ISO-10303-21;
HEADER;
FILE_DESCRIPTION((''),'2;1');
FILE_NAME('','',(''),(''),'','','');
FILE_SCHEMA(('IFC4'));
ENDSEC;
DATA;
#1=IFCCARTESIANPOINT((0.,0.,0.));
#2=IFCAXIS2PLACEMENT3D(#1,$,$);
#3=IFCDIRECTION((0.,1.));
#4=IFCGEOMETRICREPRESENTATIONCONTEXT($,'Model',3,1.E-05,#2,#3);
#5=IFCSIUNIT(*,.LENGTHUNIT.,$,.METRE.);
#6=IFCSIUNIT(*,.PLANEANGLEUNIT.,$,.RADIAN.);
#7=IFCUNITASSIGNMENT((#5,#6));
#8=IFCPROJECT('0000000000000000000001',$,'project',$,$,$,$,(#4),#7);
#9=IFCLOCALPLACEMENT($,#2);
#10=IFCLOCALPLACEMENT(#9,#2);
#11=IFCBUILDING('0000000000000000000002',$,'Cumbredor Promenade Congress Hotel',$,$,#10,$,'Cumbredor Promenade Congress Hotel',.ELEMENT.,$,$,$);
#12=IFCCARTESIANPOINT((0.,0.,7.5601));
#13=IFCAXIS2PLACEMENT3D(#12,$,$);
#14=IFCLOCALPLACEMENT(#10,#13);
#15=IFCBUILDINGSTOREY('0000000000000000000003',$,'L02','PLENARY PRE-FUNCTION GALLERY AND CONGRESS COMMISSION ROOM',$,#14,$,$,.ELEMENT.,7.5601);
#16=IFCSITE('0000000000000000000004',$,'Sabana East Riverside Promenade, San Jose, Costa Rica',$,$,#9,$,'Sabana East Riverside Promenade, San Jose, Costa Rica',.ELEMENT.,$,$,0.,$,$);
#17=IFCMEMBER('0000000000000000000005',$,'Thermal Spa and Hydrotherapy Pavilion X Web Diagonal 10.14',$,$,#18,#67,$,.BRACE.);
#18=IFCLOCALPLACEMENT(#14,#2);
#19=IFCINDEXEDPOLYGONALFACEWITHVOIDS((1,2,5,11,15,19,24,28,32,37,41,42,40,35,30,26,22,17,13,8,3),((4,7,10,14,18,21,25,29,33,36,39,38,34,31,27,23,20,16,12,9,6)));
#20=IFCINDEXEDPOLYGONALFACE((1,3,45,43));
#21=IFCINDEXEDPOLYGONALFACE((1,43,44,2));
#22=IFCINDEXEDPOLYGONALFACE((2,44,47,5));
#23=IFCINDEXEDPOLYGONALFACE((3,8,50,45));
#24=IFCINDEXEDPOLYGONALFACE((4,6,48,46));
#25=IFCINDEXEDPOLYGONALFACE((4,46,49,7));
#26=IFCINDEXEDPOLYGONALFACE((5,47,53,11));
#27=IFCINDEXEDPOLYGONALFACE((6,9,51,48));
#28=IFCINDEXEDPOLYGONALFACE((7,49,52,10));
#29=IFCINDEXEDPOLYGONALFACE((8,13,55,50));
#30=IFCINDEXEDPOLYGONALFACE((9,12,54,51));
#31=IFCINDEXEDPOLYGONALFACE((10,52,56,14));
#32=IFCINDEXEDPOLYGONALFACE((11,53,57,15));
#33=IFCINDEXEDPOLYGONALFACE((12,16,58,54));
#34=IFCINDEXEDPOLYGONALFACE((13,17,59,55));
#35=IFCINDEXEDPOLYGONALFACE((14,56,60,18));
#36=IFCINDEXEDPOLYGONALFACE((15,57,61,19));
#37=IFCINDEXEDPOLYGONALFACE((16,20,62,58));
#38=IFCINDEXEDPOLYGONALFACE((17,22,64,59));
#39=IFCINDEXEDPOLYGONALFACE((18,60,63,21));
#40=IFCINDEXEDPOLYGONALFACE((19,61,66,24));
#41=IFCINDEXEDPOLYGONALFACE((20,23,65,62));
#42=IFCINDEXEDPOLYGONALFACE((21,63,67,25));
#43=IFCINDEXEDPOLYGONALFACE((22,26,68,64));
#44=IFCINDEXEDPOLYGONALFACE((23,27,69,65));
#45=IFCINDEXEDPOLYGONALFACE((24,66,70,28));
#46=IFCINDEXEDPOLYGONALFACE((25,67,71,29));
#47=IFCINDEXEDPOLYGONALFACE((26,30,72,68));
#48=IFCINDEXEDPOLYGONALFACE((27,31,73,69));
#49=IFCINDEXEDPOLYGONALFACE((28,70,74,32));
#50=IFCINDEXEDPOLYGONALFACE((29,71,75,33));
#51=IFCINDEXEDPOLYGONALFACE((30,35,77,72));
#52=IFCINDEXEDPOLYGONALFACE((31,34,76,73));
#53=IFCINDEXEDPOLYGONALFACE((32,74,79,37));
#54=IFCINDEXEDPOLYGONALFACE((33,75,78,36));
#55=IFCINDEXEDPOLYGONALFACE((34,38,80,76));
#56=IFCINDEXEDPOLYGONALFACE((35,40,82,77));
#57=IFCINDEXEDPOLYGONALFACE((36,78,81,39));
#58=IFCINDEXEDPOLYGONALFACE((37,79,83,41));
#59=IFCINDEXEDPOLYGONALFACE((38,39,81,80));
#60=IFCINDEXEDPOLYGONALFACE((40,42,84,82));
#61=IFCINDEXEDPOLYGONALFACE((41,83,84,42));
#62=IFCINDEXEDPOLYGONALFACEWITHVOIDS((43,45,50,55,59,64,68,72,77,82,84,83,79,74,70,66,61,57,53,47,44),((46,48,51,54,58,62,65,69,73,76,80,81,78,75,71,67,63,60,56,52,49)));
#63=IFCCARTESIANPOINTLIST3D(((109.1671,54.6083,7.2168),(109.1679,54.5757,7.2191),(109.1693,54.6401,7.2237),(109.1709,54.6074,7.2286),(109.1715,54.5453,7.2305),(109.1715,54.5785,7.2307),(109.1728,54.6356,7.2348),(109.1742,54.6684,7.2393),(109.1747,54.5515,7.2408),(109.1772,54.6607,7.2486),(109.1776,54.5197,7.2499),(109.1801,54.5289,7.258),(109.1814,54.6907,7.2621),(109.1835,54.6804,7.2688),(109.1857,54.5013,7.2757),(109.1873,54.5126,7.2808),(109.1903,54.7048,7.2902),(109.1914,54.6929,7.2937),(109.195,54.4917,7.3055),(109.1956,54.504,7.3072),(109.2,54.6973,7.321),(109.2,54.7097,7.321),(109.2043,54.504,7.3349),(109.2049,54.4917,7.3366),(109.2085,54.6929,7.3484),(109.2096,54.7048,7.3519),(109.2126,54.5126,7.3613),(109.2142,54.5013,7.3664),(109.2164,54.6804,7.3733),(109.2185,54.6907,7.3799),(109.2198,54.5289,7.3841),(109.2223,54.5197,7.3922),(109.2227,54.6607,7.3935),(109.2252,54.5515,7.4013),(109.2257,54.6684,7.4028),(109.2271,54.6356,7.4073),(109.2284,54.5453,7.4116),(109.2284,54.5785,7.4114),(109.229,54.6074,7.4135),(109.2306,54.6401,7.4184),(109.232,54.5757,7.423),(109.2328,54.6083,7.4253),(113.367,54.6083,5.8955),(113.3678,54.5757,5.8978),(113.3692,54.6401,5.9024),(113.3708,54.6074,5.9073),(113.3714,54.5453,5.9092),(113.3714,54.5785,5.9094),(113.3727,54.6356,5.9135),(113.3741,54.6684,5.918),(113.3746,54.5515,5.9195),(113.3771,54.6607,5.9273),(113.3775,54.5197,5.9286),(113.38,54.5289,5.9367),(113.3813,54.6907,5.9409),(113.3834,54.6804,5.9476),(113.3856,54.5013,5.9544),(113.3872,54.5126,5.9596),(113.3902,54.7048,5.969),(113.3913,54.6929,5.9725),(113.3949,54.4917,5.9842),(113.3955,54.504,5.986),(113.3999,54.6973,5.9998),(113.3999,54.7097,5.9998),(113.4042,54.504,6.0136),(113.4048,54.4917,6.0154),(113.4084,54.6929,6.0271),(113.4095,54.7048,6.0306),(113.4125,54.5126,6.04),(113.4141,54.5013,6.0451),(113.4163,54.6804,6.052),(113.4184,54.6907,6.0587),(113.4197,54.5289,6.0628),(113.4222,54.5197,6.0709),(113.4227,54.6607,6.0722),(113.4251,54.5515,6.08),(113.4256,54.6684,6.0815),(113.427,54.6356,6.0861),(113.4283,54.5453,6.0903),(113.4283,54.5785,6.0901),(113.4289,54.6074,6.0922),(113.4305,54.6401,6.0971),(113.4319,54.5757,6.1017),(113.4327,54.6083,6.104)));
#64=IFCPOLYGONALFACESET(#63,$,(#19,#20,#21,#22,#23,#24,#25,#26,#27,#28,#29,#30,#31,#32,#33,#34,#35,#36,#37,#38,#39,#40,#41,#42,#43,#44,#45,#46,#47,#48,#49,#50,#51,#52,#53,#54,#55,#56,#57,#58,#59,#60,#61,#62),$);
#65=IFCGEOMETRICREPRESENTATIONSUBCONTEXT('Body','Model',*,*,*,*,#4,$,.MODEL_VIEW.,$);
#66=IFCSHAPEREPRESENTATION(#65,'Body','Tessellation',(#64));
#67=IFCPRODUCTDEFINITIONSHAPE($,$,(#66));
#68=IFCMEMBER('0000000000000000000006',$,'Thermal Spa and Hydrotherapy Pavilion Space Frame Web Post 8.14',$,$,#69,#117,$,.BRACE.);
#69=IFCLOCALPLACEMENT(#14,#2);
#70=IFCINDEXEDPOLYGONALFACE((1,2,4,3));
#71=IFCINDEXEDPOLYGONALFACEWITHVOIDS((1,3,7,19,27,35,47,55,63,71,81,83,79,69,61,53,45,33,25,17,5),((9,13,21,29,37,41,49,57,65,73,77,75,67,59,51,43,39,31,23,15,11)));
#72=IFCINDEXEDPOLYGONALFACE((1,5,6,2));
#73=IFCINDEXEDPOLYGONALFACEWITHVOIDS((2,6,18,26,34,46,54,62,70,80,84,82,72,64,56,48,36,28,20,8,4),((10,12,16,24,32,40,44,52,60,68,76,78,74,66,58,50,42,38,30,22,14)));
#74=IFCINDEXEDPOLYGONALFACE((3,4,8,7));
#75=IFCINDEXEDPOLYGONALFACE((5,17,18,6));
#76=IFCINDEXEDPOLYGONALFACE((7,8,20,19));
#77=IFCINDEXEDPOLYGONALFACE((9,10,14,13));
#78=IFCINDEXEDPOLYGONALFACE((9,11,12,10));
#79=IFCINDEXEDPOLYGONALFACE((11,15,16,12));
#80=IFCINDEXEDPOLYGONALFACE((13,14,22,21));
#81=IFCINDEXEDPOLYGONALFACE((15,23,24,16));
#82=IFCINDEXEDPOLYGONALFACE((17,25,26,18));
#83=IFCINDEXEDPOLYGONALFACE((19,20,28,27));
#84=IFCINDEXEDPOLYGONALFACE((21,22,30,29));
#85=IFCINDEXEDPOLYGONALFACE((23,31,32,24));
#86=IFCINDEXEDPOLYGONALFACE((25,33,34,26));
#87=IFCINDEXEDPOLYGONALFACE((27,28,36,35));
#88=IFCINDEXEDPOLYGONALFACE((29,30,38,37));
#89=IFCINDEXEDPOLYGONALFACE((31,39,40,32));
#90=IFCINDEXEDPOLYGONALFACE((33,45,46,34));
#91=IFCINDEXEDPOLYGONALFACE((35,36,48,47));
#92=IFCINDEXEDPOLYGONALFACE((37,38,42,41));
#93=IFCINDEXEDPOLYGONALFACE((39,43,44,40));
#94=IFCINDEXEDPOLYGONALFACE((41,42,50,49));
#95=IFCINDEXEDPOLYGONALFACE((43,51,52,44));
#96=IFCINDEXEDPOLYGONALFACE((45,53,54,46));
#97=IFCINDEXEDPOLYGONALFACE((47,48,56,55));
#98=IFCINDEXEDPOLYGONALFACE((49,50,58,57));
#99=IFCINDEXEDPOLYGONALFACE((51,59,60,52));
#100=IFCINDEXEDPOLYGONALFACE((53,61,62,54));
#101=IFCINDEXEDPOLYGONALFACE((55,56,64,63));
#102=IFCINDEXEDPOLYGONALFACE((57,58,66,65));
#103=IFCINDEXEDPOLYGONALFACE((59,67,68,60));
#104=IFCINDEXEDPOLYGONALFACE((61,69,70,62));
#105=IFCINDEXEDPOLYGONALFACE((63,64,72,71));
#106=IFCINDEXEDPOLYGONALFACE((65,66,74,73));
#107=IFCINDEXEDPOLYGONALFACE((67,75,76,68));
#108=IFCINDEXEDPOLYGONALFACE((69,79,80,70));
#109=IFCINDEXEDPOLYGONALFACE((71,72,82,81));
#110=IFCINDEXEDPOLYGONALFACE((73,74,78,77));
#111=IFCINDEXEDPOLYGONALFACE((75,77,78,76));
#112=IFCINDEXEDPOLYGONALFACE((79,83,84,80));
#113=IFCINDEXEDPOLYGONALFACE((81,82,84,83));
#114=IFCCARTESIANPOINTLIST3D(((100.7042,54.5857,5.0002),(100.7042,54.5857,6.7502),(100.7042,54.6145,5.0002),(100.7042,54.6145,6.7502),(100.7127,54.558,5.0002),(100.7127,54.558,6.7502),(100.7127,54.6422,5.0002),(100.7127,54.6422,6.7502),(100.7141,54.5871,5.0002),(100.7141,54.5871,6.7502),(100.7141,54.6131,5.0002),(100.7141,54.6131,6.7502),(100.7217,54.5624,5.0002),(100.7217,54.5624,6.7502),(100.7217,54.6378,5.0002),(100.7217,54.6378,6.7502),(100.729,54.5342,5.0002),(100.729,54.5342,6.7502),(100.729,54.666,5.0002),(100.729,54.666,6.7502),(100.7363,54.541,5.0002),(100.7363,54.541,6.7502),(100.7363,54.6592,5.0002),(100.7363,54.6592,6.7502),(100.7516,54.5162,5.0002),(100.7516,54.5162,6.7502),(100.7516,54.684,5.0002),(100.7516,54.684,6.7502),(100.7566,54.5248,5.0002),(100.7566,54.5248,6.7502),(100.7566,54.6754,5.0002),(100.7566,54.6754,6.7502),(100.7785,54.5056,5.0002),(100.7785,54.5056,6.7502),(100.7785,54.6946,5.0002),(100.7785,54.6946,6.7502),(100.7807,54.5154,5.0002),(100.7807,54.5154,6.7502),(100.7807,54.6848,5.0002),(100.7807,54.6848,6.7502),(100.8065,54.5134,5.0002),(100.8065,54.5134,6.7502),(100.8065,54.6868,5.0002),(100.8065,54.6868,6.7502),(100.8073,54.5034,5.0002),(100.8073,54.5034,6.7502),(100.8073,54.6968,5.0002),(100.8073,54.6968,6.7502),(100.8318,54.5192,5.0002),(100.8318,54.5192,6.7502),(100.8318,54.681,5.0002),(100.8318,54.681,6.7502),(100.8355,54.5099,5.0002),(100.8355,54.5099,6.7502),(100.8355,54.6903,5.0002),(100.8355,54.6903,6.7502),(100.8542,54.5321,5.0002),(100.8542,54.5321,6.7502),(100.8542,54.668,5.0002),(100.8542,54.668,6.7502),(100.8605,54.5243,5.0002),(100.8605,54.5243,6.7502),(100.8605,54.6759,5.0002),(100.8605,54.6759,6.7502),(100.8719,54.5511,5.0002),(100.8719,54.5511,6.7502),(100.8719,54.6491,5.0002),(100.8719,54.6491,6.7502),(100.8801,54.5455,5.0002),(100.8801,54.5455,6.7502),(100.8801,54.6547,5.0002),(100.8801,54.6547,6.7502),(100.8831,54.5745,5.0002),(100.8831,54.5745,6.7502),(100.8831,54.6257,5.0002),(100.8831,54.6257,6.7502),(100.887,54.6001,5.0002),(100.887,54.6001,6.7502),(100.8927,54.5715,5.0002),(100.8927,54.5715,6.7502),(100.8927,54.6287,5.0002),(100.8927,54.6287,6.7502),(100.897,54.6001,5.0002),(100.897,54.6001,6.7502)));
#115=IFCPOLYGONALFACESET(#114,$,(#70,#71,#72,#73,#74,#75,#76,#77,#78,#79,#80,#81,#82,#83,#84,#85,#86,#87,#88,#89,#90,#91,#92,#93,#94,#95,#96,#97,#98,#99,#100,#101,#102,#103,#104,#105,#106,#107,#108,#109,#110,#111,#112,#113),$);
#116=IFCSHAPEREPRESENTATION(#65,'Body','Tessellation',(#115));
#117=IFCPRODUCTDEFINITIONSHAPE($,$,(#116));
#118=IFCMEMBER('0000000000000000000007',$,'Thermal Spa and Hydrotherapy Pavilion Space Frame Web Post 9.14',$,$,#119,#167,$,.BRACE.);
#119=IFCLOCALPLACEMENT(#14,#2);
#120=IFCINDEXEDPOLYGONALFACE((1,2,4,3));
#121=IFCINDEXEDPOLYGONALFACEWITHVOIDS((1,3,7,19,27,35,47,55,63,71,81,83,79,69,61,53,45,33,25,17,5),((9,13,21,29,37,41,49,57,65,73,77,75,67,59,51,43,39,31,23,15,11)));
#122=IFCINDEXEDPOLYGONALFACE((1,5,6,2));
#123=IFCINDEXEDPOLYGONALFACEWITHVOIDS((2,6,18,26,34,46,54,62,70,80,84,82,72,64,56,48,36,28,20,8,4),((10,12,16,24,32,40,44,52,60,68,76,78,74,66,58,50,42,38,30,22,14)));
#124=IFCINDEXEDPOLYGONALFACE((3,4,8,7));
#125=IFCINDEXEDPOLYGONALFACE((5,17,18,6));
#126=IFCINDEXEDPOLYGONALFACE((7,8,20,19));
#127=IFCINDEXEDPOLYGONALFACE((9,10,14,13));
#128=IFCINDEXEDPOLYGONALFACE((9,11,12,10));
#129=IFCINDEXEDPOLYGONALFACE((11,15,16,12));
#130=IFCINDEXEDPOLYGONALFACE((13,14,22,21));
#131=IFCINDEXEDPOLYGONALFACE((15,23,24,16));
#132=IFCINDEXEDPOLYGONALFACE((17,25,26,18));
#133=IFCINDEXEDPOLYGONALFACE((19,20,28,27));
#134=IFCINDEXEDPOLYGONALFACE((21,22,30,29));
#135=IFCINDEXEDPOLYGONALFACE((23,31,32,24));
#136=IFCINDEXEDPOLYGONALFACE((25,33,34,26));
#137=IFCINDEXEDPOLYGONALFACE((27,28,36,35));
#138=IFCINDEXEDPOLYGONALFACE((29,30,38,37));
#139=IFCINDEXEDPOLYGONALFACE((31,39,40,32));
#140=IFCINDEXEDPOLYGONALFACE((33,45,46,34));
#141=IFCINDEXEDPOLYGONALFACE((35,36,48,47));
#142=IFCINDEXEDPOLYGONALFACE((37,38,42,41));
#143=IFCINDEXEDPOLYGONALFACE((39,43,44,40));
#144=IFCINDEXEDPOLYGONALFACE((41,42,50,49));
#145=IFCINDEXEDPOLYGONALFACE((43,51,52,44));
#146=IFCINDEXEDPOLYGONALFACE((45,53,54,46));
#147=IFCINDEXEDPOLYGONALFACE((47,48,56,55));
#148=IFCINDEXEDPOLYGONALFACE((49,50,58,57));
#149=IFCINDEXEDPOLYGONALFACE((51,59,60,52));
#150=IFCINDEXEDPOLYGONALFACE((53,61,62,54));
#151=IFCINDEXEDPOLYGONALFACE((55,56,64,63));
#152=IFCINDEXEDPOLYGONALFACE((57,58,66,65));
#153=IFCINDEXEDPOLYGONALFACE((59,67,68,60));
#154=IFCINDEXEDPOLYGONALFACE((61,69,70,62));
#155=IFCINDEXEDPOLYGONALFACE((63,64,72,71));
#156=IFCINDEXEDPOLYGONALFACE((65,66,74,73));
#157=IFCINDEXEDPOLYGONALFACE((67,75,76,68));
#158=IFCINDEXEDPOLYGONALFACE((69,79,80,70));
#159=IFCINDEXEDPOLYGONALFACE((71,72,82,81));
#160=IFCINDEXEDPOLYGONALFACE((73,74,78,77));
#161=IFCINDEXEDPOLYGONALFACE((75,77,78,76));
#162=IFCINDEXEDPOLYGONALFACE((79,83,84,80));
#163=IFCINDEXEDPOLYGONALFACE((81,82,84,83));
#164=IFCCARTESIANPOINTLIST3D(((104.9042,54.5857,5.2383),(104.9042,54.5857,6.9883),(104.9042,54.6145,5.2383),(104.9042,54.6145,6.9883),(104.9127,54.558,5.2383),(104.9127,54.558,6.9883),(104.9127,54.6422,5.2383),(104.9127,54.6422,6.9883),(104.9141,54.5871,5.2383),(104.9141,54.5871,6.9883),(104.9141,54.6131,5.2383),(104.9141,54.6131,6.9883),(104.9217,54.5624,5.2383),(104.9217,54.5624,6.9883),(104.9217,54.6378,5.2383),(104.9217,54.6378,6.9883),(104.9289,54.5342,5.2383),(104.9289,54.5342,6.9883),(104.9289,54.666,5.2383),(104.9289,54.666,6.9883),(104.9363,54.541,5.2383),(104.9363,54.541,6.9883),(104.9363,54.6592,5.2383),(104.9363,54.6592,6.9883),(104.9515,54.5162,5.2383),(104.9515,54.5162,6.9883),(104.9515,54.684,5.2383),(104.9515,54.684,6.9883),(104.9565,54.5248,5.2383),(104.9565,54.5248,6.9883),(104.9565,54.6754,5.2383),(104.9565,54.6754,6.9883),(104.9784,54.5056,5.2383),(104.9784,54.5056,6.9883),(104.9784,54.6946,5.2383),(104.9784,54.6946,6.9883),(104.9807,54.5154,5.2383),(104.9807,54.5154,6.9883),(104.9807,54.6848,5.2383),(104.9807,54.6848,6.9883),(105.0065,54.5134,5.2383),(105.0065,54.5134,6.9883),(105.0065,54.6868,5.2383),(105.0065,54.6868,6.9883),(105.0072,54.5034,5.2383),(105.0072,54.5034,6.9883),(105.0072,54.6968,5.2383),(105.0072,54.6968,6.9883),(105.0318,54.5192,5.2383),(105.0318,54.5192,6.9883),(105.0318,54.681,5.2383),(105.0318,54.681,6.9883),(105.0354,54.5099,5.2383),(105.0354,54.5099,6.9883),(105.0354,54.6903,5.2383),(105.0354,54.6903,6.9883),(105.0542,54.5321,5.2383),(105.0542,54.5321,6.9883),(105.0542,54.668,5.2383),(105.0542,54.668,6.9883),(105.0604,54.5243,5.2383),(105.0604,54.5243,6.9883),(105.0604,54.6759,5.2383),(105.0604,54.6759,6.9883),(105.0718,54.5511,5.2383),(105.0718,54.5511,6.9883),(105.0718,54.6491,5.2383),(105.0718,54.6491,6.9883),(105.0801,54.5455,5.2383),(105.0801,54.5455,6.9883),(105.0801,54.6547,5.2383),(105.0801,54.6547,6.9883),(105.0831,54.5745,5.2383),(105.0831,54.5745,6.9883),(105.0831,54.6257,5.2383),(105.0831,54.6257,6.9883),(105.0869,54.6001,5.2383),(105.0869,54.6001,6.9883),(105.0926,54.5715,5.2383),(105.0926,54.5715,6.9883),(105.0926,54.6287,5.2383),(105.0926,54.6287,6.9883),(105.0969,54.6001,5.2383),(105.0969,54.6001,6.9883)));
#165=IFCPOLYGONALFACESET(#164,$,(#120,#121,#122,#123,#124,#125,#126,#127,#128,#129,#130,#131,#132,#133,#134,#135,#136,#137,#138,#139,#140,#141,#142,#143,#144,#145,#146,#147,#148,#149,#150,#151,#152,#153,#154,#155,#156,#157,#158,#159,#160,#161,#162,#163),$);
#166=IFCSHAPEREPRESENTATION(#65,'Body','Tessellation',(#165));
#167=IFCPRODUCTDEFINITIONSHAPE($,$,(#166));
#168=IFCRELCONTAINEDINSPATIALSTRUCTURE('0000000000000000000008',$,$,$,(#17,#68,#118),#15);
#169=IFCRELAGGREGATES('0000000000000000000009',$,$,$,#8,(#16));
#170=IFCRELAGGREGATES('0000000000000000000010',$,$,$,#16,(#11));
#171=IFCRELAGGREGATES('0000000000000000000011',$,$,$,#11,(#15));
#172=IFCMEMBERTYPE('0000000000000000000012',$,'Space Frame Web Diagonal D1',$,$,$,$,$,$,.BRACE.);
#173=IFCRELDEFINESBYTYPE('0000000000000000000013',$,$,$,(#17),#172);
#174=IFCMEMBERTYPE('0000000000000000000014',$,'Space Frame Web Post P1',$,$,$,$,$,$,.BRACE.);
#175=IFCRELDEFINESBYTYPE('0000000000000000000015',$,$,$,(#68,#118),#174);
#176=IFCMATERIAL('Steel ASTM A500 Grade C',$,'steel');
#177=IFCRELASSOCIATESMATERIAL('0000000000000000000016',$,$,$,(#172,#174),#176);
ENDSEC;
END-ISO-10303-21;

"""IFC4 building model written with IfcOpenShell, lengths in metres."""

from ifc_helpers import new_model, si_unit, direction, frame, origin, origin_2d, place, context, subcontext, project, spatial, hollow_circle, extrude, material, material_profile, profile_set, type_object, element, save


model = new_model("IFC4")

# Units and contexts
model_context = context("Model", 3, precision=1e-05, world=origin(), true_north=direction((0.0, 1.0)))
body_context = subcontext(model_context, "Body", "Model", "MODEL_VIEW")
ifc_project = project(units=[si_unit("LENGTHUNIT", "METRE"), si_unit("PLANEANGLEUNIT", "RADIAN")], contexts=[model_context])

# Site, building, storey
site_placement = place(None, origin())
site = spatial("IfcSite", under=ifc_project, at=site_placement, Name="Sabana East Riverside Promenade, San Jose, Costa Rica", LongName="Sabana East Riverside Promenade, San Jose, Costa Rica", CompositionType="ELEMENT", RefElevation=0.0)
building_placement = place(site_placement, origin())
building = spatial("IfcBuilding", under=site, at=building_placement, Name="Cumbredor Promenade Congress Hotel", LongName="Cumbredor Promenade Congress Hotel", CompositionType="ELEMENT")
storey_placement = place(building_placement, frame((0.0, 0.0, 7.5601)))
storey = spatial("IfcBuildingStorey", under=building, at=storey_placement, Name="L02", Description="PLENARY PRE-FUNCTION GALLERY AND CONGRESS COMMISSION ROOM", CompositionType="ELEMENT", Elevation=7.5601)

# Members
ifc_material_1 = material(Name="Steel ASTM A500 Grade C", Category="steel")
ifc_material_profile_1 = material_profile(ifc_material_1, hollow_circle(Radius=0.1096, WallThickness=0.0125, at=origin_2d()), Name="CHS 219.1x12.5")
ifc_profile_set_1 = profile_set([ifc_material_profile_1], Name="Steel ASTM A500 Grade C")
member_type_1 = type_object("IfcMemberType", Name="Space Frame Web Diagonal D1", PredefinedType="BRACE", material=ifc_profile_set_1)
member_1_placement = place(storey_placement, frame((109.2, 54.6001, 7.321), z_axis=(0.953909, 0.0, -0.300096), x_axis=(0.0, 1.0, 0.0)))
element("IfcMember", 1, at=member_1_placement, inside=storey, type_object=member_type_1, Name="Thermal Spa and Hydrotherapy Pavilion X Web Diagonal 10.14", PredefinedType="BRACE", context=body_context, shape_type="SweptSolid", body=[
    extrude(hollow_circle(Radius=0.1096, WallThickness=0.0125, at=origin_2d()), origin(), (0.0, 0.0, 1.0), 4.4028),
])
ifc_material_profile_2 = material_profile(ifc_material_1, hollow_circle(Radius=0.0969, WallThickness=0.01, at=origin_2d()), Name="CHS 193.7x10")
ifc_profile_set_2 = profile_set([ifc_material_profile_2], Name="Steel ASTM A500 Grade C")
member_type_2 = type_object("IfcMemberType", Name="Space Frame Web Post P1", PredefinedType="BRACE", material=ifc_profile_set_2)
for number, where, z_axis, x_axis, name in (
    (2, (100.8, 54.6001, 5.0002), (0.0, 0.0, 1.0), (1.0, 0.0, 0.0), "Thermal Spa and Hydrotherapy Pavilion Space Frame Web Post 8.14"),
    (3, (105.0, 54.6001, 5.2383), (0.0, 0.0, 1.0), (1.0, 0.0, 0.0), "Thermal Spa and Hydrotherapy Pavilion Space Frame Web Post 9.14"),
):
    element("IfcMember", number, at=place(storey_placement, frame(where, z_axis=z_axis, x_axis=x_axis)), inside=storey, type_object=member_type_2, Name=name, PredefinedType="BRACE", context=body_context, shape_type="SweptSolid", body=[
        extrude(hollow_circle(Radius=0.0969, WallThickness=0.01, at=origin_2d()), origin(), (0.0, 0.0, 1.0), 1.75),
    ])

save(model, "model.ifc")
